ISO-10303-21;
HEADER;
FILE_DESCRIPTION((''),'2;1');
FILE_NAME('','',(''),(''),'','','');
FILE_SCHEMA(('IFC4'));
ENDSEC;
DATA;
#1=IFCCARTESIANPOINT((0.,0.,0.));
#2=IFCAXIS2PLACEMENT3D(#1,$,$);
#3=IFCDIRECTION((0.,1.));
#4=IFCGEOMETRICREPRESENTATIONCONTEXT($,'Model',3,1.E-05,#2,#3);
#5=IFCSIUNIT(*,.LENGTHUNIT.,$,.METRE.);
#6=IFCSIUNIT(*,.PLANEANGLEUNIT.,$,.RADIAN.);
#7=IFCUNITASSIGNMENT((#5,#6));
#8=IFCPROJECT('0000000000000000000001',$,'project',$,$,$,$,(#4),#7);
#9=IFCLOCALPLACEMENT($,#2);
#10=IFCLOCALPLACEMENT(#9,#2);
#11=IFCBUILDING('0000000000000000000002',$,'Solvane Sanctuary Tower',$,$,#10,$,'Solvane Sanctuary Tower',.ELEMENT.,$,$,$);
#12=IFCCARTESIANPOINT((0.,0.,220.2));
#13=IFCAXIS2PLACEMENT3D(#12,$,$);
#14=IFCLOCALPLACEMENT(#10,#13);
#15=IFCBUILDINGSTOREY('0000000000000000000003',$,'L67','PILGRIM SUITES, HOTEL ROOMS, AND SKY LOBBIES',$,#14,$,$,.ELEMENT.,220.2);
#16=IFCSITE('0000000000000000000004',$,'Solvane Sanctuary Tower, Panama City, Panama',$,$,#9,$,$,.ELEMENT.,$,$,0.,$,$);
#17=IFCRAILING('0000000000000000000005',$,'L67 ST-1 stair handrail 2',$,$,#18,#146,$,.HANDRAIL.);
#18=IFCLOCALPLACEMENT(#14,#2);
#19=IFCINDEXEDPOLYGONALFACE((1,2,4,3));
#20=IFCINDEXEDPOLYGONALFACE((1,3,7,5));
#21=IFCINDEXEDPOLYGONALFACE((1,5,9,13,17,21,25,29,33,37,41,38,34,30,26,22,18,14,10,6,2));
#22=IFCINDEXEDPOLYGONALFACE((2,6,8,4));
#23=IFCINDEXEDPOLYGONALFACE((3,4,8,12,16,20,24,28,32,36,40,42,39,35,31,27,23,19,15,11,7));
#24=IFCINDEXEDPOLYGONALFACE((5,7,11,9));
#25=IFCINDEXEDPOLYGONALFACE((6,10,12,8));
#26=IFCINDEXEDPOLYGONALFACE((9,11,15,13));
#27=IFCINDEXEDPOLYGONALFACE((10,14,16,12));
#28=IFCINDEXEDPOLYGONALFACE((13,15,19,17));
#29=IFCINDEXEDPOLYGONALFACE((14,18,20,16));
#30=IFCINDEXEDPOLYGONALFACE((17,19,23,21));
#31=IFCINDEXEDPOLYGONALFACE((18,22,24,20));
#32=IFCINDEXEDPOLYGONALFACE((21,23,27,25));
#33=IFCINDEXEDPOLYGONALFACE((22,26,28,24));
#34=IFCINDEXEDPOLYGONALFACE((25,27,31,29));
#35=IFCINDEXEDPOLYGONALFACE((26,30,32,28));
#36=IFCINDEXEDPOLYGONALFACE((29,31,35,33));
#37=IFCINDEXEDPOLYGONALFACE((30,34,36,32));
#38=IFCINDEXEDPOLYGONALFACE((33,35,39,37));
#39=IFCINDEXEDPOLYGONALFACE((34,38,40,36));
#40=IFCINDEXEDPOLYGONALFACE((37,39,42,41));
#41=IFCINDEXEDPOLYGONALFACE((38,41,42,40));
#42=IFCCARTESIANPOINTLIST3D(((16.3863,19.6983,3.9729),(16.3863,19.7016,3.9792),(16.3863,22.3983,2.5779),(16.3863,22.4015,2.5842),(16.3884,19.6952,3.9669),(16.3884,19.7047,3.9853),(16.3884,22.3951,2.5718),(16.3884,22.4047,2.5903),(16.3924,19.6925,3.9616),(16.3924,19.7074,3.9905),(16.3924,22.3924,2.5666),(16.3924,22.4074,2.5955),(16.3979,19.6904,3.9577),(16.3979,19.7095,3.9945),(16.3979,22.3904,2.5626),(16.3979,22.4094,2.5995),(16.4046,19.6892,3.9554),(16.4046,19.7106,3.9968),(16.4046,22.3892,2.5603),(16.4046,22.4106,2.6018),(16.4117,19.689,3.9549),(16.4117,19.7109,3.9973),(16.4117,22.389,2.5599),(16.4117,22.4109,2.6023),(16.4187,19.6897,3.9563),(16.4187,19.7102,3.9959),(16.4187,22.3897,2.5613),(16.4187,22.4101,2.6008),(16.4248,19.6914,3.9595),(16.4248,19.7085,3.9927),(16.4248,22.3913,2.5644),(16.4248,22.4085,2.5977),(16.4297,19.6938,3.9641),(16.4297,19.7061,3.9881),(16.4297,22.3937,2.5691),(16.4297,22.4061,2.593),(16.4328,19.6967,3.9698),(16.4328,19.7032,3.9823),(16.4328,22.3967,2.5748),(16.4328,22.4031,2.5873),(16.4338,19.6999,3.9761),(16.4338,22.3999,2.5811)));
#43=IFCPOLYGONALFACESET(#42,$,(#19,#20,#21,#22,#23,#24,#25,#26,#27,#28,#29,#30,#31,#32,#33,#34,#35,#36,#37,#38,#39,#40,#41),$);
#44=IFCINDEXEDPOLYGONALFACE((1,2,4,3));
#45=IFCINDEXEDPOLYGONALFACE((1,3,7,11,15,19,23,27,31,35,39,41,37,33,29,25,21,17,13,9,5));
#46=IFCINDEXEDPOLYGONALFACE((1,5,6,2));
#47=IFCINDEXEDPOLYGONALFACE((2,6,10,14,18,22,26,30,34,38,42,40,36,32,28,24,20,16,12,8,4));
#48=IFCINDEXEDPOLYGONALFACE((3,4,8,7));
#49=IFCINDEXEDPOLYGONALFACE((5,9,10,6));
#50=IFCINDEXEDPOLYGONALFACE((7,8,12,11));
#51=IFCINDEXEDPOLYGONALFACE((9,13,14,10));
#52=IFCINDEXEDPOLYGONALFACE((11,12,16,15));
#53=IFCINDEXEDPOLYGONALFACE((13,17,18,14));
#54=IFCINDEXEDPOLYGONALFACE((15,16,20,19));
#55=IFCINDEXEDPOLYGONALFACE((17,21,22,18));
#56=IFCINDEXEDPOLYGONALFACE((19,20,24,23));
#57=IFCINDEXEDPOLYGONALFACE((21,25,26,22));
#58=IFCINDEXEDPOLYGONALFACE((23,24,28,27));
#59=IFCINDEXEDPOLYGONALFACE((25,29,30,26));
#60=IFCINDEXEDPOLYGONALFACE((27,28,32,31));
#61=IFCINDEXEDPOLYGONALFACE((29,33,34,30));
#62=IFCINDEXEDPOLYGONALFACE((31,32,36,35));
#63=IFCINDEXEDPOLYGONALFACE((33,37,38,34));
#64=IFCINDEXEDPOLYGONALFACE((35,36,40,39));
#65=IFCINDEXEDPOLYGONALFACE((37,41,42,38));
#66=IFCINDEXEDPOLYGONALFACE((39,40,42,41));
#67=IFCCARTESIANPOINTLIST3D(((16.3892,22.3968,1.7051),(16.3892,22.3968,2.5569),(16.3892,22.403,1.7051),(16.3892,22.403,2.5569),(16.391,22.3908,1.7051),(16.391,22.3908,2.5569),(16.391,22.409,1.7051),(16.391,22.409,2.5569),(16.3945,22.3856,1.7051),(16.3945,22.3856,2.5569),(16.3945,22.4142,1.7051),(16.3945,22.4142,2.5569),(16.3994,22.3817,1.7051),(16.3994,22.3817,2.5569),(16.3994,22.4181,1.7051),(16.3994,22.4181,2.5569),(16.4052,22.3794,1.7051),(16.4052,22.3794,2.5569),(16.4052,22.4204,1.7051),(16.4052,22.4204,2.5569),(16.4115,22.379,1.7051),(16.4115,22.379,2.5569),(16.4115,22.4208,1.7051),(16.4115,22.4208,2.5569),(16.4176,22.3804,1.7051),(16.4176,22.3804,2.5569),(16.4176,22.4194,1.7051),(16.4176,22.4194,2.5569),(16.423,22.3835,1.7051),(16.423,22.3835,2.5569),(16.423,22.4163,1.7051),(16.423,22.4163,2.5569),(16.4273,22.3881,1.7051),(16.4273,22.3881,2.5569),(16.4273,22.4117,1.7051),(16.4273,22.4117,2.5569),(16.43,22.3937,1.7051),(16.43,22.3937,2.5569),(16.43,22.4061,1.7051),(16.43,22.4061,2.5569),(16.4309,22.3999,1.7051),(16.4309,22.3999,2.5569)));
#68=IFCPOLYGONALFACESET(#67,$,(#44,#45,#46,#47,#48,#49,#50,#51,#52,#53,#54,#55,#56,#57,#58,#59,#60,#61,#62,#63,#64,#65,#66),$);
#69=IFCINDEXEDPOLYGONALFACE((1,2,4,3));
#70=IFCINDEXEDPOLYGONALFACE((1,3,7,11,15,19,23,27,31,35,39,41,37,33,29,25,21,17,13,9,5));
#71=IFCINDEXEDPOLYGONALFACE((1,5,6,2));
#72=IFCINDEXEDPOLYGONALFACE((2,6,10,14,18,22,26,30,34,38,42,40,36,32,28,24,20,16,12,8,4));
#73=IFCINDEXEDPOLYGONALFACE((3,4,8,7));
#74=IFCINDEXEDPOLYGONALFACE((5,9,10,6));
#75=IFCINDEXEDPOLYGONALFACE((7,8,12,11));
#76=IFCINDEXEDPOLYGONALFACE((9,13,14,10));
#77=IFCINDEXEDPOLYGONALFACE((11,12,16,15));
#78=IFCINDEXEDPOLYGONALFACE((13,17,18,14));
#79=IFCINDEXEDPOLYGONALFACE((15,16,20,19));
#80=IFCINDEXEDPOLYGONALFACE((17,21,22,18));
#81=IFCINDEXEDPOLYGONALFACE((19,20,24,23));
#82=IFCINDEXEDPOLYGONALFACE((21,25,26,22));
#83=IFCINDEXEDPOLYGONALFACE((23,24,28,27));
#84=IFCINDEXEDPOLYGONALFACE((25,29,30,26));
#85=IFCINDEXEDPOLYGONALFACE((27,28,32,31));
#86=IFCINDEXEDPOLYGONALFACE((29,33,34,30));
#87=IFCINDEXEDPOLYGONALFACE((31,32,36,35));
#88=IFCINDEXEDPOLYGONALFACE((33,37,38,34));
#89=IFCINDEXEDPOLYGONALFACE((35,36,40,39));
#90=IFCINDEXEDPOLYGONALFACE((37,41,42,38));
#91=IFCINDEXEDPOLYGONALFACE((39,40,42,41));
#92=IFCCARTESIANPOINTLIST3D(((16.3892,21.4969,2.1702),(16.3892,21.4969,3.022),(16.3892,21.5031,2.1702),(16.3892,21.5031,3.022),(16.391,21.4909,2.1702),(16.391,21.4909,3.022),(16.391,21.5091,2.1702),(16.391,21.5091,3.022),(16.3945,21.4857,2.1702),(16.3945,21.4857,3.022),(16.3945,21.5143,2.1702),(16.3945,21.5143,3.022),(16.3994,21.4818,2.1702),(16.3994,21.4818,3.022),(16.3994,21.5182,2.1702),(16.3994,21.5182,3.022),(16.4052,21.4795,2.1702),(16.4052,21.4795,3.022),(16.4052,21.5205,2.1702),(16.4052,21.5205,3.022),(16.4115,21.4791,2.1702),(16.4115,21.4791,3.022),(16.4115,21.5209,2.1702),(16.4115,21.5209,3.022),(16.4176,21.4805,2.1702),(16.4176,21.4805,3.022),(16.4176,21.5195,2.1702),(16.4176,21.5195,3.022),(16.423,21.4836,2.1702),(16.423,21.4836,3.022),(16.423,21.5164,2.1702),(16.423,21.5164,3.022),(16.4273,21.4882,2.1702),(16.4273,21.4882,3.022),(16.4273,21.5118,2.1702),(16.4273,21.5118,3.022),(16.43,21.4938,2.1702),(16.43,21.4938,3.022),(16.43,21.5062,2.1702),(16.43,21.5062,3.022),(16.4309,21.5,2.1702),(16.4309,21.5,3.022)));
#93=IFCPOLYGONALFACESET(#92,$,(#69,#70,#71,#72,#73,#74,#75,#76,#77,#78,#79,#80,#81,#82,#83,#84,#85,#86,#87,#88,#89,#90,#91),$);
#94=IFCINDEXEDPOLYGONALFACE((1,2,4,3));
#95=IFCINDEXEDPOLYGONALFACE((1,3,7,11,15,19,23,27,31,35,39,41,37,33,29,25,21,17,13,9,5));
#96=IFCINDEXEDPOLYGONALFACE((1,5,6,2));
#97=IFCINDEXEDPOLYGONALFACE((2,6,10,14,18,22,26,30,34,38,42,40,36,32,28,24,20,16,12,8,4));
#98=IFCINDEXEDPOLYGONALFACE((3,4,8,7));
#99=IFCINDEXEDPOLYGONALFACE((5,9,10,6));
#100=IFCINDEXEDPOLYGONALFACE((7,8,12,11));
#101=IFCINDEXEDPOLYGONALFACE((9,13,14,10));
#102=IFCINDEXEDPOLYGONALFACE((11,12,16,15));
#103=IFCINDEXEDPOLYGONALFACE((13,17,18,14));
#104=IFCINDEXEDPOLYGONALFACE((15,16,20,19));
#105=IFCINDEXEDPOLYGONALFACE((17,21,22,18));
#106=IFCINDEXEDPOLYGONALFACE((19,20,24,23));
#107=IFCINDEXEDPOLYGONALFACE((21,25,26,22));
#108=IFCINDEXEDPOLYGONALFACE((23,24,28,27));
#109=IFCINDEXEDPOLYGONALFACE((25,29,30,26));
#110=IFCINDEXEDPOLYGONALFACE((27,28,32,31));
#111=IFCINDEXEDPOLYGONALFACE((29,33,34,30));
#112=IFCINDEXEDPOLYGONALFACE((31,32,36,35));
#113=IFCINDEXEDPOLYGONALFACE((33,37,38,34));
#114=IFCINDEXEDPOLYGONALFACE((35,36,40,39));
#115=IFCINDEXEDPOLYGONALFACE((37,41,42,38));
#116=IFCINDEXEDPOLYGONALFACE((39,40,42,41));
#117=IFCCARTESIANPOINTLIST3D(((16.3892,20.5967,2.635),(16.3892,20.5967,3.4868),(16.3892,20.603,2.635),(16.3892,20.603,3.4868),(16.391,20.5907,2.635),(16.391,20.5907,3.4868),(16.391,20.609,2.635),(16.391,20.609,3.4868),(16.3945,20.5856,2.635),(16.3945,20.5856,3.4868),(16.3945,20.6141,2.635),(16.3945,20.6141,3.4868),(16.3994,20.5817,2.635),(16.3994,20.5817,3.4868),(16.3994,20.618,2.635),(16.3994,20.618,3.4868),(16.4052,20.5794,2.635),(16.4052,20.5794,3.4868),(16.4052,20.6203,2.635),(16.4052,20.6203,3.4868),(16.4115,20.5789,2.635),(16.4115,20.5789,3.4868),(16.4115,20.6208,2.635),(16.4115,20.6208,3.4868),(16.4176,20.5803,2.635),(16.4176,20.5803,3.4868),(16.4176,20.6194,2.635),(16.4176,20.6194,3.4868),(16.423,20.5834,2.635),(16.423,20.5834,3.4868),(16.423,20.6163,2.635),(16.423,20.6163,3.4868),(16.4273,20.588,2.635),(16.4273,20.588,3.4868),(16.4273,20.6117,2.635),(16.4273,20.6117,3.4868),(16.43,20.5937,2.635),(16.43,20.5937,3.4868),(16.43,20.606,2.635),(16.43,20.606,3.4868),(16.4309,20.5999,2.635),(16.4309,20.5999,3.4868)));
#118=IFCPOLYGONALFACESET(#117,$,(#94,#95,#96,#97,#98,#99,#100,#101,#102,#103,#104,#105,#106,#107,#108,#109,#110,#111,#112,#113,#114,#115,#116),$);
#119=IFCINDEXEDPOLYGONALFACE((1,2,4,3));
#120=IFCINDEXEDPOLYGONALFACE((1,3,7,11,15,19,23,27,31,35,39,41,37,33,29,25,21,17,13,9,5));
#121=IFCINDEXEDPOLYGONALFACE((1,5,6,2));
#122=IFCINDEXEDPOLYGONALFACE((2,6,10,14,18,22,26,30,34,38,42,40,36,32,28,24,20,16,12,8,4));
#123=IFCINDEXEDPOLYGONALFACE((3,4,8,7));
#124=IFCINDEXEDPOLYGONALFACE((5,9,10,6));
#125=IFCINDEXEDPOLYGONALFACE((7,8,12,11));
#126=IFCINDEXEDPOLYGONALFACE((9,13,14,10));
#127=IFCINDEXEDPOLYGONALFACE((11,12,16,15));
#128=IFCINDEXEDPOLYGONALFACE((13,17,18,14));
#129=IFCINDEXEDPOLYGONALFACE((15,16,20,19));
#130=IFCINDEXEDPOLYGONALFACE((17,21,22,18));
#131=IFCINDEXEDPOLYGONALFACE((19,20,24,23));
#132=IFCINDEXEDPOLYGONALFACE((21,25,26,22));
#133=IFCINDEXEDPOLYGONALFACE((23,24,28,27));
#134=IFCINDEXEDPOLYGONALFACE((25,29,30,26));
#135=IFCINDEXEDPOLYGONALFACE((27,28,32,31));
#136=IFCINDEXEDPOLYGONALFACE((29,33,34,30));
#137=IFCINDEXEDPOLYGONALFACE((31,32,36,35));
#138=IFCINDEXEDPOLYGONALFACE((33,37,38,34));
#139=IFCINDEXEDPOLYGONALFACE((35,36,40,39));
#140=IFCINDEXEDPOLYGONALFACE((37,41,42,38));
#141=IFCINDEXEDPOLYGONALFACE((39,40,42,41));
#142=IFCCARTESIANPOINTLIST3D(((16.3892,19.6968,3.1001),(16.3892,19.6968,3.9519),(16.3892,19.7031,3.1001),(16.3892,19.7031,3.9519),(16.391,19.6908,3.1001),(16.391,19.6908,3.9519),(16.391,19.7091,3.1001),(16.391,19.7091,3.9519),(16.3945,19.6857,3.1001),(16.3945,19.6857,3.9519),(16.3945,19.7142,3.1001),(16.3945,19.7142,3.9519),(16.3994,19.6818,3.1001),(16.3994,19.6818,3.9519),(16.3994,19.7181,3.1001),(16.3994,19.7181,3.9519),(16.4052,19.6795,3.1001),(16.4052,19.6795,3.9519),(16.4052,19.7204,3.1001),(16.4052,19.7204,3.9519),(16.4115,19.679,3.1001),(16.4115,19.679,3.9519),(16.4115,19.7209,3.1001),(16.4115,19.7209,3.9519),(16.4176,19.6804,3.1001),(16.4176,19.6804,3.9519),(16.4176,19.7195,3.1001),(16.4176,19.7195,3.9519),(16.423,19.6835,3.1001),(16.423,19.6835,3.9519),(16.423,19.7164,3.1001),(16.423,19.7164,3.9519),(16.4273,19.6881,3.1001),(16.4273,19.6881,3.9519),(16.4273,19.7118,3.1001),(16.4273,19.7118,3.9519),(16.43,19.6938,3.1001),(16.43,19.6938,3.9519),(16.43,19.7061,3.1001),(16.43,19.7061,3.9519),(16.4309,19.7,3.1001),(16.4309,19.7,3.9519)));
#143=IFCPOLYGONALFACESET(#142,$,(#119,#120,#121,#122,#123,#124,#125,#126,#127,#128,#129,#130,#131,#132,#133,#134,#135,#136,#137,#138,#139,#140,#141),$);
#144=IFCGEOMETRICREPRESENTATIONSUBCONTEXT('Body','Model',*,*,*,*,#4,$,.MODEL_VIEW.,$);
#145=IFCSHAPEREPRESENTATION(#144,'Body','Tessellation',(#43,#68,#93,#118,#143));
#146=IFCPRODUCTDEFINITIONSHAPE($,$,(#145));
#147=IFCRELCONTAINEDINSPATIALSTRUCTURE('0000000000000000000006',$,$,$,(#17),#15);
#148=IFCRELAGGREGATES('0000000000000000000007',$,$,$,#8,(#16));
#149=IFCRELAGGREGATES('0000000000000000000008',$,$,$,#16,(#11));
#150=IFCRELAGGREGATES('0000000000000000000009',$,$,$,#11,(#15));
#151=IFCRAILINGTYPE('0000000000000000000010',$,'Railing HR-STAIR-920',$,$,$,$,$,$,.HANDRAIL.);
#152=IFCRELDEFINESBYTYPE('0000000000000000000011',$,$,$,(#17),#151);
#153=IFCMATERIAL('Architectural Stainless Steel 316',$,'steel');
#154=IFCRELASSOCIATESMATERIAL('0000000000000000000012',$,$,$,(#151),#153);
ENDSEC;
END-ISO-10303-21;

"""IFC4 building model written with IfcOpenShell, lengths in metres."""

from ifc_helpers import new_model, si_unit, direction, frame, origin, origin_2d, place, context, subcontext, project, spatial, circle, extrude, material, type_object, element, save


model = new_model("IFC4")

# Units and contexts
model_context = context("Model", 3, precision=1e-05, world=origin(), true_north=direction((0.0, 1.0)))
body_context = subcontext(model_context, "Body", "Model", "MODEL_VIEW")
ifc_project = project(units=[si_unit("LENGTHUNIT", "METRE"), si_unit("PLANEANGLEUNIT", "RADIAN")], contexts=[model_context])

# Site, building, storey
site_placement = place(None, origin())
site = spatial("IfcSite", under=ifc_project, at=site_placement, Name="Solvane Sanctuary Tower, Panama City, Panama", CompositionType="ELEMENT", RefElevation=0.0)
building_placement = place(site_placement, origin())
building = spatial("IfcBuilding", under=site, at=building_placement, Name="Solvane Sanctuary Tower", LongName="Solvane Sanctuary Tower", CompositionType="ELEMENT")
storey_placement = place(building_placement, frame((0.0, 0.0, 220.2)))
storey = spatial("IfcBuildingStorey", under=building, at=storey_placement, Name="L67", Description="PILGRIM SUITES, HOTEL ROOMS, AND SKY LOBBIES", CompositionType="ELEMENT", Elevation=220.2)

# Shared definitions
ifc_material_1 = material(Name="Architectural Stainless Steel 316", Category="steel")

# Railing
railing_type_1 = type_object("IfcRailingType", Name="Railing HR-STAIR-920", PredefinedType="HANDRAIL", material=ifc_material_1)
railing_1_placement = place(storey_placement, frame((16.4099, 22.3999, 1.7051)))
element("IfcRailing", 1, at=railing_1_placement, inside=storey, type_object=railing_type_1, Name="L67 ST-1 stair handrail 2", PredefinedType="HANDRAIL", context=body_context, shape_type="SweptSolid", body=[
    extrude(circle(Radius=0.0239, at=origin_2d()), frame((0.0, 0.0, 0.876), z_axis=(0.0, -0.88842, 0.459032), x_axis=(1.0, 0.0, 0.0)), (0.0, 0.0, 1.0), 3.0391),
    extrude(circle(Radius=0.021, at=origin_2d()), origin(), (0.0, 0.0, 1.0), 0.8518),
    extrude(circle(Radius=0.021, at=origin_2d()), frame((0.0, -0.8999, 0.4651)), (0.0, 0.0, 1.0), 0.8518),
    extrude(circle(Radius=0.021, at=origin_2d()), frame((0.0, -1.8, 0.9299)), (0.0, 0.0, 1.0), 0.8518),
    extrude(circle(Radius=0.021, at=origin_2d()), frame((0.0, -2.7, 1.395)), (0.0, 0.0, 1.0), 0.8518),
])

save(model, "model.ifc")
